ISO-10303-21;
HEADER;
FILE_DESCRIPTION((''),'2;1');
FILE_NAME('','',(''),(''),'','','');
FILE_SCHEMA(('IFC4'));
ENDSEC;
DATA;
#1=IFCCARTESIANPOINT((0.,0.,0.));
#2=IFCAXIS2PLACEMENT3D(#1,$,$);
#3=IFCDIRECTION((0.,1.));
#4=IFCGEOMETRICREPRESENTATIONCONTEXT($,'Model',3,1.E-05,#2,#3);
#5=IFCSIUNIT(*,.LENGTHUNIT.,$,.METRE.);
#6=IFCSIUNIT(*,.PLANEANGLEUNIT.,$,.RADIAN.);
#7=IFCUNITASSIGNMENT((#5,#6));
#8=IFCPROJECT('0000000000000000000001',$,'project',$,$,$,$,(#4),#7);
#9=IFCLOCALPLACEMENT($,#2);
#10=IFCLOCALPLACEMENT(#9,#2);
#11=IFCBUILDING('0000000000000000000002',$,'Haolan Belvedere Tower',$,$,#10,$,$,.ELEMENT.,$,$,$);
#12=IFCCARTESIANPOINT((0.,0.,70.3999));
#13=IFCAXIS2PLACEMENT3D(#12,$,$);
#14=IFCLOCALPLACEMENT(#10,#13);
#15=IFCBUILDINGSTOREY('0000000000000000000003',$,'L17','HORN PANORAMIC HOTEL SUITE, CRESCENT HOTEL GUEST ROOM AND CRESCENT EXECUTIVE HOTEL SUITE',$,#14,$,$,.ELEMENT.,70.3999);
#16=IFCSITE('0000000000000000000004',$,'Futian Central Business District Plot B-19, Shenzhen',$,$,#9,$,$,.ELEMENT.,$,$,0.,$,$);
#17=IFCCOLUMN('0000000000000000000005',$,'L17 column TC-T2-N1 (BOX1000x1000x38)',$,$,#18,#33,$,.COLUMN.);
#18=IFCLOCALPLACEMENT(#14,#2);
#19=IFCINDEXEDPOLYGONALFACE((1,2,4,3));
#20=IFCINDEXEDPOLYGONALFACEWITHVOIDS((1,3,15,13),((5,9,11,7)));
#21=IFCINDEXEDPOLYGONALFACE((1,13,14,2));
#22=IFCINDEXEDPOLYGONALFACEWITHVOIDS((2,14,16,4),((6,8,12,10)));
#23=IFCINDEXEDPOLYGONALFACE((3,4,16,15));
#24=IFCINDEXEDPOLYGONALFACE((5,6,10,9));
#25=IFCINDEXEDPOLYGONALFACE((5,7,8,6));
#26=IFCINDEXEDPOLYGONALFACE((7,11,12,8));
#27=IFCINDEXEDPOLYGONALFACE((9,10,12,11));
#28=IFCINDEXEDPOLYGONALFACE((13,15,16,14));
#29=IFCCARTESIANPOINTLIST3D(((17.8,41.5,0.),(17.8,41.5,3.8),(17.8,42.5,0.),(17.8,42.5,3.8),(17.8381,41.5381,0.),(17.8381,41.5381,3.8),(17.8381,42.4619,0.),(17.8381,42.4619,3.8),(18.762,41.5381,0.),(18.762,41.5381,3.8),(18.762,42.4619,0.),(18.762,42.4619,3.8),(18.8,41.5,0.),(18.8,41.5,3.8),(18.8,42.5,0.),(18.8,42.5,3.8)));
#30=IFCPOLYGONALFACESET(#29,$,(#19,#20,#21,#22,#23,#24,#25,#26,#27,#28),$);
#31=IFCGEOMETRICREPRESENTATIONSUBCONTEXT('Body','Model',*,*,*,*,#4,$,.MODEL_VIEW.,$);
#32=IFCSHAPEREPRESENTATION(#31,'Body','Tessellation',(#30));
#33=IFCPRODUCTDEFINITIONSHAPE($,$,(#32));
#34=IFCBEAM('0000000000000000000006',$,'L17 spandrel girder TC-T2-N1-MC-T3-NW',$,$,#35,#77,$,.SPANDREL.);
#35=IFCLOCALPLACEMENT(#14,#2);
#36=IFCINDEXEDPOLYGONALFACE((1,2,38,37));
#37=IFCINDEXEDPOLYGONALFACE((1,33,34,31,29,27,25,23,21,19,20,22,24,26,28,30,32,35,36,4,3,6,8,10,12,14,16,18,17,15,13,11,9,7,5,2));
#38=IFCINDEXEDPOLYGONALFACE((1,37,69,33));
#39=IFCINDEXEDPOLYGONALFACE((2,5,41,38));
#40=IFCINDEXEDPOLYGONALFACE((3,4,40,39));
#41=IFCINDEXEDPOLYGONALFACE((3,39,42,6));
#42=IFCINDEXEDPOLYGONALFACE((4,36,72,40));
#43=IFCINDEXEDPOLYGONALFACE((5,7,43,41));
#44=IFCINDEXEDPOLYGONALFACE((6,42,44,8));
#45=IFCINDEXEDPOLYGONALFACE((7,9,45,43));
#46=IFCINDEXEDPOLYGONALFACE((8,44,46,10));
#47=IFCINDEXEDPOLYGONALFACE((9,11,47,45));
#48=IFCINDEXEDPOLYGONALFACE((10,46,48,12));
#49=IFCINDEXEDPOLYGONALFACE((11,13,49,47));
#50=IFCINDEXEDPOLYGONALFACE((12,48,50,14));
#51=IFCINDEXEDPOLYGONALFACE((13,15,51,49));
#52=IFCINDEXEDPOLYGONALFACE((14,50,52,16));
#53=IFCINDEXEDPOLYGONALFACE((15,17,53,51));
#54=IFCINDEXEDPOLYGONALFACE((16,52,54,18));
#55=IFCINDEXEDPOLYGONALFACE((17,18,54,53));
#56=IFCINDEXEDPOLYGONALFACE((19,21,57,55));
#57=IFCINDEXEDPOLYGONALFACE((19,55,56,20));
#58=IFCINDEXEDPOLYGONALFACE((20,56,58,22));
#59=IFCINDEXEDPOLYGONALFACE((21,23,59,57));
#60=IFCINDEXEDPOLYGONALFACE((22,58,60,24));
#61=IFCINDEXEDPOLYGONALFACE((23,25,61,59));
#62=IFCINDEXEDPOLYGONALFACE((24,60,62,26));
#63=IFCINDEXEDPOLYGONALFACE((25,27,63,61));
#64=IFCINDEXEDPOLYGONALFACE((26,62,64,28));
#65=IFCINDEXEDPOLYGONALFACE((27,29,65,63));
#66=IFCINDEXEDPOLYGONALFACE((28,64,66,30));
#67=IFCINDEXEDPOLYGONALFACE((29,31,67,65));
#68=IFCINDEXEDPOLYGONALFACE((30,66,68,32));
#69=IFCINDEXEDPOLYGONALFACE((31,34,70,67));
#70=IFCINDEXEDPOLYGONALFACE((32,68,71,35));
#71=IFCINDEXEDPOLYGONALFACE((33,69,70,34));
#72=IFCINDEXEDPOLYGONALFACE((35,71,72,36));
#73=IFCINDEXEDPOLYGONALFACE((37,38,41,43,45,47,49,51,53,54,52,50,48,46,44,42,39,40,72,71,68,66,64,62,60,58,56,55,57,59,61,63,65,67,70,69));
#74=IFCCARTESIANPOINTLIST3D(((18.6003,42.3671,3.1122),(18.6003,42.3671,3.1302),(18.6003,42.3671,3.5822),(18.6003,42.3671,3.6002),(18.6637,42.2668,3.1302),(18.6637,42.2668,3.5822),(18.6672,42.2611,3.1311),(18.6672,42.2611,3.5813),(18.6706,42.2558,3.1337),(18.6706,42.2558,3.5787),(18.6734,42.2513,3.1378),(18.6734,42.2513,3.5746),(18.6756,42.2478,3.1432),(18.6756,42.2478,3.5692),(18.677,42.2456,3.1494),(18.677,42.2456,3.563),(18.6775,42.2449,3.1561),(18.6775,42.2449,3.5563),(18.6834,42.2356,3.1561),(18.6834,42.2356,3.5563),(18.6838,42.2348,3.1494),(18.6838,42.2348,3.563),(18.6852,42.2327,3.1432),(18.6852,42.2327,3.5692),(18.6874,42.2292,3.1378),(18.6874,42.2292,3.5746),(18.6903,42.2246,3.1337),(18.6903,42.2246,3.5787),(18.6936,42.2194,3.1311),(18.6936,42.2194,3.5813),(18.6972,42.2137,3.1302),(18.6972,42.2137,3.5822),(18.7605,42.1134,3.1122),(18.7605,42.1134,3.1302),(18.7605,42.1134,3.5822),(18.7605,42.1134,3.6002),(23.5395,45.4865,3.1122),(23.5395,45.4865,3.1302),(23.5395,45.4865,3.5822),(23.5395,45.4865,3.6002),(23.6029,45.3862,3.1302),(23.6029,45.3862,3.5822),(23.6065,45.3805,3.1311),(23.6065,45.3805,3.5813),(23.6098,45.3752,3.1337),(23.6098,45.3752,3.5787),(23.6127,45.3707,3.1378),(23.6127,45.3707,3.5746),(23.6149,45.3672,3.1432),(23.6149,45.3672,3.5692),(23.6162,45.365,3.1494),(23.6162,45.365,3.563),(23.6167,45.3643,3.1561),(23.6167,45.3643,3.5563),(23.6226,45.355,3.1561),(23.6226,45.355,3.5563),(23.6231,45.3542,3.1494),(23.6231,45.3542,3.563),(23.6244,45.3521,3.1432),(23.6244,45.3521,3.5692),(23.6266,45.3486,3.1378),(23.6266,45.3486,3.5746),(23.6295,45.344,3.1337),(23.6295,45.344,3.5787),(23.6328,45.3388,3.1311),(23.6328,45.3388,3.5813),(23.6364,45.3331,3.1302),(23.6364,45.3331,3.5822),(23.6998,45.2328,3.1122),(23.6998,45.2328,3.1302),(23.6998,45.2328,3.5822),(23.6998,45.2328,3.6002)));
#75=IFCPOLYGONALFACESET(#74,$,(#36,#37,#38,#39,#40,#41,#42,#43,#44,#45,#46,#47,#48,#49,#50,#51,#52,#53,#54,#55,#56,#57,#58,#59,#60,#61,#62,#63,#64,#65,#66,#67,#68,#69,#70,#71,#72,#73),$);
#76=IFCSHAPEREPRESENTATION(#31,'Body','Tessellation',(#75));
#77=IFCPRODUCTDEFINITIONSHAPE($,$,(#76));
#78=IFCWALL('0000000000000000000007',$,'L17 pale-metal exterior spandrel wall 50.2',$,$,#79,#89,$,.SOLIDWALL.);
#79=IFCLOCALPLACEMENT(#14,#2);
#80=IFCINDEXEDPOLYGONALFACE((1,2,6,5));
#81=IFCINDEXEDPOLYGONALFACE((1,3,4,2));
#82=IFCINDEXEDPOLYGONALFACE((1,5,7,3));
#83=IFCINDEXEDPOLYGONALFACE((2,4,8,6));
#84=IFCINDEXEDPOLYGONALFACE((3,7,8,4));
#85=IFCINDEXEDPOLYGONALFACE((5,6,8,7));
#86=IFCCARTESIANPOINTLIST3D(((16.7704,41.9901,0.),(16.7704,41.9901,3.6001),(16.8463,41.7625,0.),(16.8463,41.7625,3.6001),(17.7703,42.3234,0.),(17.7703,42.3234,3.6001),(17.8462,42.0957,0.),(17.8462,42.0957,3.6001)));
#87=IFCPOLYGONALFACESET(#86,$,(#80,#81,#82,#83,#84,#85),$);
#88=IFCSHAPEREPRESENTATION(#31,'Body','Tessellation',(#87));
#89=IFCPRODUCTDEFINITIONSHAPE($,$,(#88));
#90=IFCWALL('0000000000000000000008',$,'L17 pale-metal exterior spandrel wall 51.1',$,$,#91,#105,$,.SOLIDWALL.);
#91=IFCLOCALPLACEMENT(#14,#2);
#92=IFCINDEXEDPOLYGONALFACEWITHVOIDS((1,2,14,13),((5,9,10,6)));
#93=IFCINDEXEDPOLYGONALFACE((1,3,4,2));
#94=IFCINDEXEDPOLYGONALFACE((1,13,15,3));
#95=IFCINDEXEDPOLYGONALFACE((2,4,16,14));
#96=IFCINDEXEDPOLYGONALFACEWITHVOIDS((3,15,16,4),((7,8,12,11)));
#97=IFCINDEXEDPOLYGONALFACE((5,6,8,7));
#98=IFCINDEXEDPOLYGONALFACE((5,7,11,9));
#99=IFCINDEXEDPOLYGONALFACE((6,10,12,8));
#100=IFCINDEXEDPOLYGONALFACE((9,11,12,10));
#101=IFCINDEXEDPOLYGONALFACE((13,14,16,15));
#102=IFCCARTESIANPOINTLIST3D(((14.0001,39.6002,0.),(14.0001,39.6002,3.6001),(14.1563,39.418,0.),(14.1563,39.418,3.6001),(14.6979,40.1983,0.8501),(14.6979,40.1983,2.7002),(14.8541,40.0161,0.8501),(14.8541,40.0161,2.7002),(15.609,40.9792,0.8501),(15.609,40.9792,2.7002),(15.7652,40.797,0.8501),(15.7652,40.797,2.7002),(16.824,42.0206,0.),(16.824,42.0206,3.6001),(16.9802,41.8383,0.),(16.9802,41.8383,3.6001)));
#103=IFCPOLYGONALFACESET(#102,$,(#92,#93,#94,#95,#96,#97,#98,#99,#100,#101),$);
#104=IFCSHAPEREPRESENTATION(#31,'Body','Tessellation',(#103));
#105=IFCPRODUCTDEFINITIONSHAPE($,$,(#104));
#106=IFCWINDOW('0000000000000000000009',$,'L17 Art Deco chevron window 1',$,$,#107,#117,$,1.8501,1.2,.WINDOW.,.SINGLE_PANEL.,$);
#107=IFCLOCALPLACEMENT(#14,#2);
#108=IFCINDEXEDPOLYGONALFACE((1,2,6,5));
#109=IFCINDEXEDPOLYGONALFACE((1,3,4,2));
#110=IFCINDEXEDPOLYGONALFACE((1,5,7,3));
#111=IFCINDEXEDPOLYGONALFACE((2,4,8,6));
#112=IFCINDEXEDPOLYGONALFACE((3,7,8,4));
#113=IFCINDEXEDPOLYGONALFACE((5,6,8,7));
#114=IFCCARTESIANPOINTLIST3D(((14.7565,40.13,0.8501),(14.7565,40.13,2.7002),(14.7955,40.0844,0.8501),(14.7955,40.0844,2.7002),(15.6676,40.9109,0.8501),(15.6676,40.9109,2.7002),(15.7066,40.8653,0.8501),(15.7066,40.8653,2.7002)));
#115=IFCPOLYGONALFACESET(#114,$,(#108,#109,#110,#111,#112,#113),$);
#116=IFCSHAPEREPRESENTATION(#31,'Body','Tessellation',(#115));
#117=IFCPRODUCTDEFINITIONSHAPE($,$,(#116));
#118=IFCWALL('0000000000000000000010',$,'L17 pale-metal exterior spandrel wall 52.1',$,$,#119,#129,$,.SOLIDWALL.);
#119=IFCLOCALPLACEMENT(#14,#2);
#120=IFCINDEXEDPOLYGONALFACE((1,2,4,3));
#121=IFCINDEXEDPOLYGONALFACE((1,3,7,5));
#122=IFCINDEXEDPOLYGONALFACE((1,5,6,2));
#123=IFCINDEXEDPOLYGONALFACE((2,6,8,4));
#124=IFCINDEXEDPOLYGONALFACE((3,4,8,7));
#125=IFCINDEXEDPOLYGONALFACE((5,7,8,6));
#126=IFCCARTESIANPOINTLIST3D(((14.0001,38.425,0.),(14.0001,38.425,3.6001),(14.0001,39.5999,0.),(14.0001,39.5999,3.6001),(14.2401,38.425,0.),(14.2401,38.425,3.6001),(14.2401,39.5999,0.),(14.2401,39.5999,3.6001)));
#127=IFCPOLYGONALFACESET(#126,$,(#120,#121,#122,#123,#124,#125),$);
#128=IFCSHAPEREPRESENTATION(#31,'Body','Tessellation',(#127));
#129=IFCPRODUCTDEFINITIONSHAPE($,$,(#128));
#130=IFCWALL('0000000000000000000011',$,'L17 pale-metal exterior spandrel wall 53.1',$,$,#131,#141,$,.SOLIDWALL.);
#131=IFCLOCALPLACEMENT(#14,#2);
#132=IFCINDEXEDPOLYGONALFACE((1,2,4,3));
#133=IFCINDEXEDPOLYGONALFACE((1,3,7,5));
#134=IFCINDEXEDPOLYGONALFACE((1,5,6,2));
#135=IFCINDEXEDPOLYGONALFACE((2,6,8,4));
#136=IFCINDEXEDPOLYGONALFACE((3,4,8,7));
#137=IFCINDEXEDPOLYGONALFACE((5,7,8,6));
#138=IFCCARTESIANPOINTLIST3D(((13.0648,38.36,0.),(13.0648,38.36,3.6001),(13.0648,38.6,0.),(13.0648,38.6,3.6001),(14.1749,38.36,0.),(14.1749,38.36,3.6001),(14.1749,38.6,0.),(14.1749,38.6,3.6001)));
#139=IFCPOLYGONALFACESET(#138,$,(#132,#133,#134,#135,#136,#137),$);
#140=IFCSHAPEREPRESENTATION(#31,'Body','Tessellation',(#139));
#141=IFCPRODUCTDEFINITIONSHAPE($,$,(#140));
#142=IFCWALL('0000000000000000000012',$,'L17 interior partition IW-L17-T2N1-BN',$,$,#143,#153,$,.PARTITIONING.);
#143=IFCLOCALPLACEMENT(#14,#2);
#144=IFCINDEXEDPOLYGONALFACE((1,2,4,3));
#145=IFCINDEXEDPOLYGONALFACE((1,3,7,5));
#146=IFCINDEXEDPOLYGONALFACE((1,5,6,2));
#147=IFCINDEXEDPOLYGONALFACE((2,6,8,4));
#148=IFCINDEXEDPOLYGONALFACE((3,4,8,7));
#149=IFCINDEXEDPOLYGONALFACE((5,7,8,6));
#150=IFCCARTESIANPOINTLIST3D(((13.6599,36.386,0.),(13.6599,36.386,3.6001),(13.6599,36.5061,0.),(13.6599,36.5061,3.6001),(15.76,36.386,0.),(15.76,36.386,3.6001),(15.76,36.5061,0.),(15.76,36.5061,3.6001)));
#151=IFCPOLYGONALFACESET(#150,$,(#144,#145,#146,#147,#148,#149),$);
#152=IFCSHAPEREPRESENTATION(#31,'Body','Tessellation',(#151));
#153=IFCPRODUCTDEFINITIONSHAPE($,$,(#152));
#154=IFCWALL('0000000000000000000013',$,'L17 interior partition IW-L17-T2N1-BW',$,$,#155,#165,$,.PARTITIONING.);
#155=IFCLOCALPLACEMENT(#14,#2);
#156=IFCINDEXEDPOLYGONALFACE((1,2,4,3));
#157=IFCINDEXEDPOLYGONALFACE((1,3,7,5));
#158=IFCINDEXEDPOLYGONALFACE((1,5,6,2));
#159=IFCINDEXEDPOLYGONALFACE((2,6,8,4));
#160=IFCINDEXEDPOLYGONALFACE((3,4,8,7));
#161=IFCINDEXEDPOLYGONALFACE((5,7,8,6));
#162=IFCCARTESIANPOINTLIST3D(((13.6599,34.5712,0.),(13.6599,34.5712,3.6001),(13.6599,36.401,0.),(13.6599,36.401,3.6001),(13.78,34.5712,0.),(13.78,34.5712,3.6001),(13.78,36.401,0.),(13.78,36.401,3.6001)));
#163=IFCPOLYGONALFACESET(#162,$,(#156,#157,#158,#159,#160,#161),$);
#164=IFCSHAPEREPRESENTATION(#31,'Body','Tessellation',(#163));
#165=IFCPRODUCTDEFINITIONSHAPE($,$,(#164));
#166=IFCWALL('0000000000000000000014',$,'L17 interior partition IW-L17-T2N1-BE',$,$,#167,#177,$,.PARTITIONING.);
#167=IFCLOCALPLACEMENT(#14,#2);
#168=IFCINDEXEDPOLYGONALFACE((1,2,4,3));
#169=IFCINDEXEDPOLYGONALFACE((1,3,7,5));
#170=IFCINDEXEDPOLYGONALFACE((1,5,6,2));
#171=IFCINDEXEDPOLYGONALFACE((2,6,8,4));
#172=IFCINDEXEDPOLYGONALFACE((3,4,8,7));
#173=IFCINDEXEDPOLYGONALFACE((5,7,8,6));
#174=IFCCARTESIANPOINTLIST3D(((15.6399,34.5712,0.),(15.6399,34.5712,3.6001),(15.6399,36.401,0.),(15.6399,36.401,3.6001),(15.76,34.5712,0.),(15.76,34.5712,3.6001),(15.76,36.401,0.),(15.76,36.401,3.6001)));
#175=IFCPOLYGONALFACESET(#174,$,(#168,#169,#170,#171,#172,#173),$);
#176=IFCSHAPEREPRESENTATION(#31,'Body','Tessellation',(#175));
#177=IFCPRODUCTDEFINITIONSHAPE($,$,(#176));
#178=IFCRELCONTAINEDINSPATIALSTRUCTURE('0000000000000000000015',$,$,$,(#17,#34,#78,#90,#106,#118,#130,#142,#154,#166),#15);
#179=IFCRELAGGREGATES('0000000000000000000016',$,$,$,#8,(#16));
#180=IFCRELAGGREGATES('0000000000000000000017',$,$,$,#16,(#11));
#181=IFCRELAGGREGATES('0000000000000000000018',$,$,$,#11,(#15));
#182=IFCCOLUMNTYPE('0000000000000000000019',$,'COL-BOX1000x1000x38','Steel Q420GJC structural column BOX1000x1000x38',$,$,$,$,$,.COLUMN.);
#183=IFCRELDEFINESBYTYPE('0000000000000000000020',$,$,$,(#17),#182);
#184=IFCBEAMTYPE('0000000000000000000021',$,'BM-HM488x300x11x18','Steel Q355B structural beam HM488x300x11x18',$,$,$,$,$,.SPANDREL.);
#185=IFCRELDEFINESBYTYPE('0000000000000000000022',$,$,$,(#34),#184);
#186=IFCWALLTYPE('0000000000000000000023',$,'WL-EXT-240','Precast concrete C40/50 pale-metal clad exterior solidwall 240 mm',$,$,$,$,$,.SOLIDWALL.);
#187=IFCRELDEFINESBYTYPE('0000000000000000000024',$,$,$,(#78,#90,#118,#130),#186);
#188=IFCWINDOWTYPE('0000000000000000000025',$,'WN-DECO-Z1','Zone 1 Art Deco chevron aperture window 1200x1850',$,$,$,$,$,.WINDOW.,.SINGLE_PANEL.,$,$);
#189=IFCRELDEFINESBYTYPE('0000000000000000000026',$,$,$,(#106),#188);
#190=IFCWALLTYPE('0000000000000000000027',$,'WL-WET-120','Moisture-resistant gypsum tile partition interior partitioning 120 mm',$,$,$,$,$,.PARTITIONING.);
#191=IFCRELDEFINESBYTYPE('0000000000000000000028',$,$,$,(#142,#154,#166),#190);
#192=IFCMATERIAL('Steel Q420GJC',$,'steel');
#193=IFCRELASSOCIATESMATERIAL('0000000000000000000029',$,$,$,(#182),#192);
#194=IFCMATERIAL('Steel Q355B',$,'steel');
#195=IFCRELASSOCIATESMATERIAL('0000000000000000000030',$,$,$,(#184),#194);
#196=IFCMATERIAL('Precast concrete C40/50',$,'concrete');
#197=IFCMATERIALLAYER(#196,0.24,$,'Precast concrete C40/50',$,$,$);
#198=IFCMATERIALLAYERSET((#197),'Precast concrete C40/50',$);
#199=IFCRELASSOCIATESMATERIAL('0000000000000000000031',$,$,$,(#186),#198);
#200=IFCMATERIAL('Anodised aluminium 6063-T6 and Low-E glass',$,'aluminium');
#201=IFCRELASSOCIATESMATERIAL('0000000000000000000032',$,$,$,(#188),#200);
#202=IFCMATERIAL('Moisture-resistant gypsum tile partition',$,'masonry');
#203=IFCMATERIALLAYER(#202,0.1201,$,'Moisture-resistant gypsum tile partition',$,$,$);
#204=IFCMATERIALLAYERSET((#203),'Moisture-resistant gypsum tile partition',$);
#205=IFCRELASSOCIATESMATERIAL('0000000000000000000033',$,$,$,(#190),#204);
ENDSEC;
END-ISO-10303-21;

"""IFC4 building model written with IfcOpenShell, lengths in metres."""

from ifc_helpers import new_model, si_unit, direction, frame, frame_2d, origin, origin_2d, place, context, subcontext, project, spatial, rectangle, hollow_rectangle, i_section, extrude, material, layer, layer_set, material_profile, profile_set, type_object, element, fill, save


model = new_model("IFC4")

# Units and contexts
model_context = context("Model", 3, precision=1e-05, world=origin(), true_north=direction((0.0, 1.0)))
body_context = subcontext(model_context, "Body", "Model", "MODEL_VIEW")
ifc_project = project(units=[si_unit("LENGTHUNIT", "METRE"), si_unit("PLANEANGLEUNIT", "RADIAN")], contexts=[model_context])

# Site, building, storey
site_placement = place(None, origin())
site = spatial("IfcSite", under=ifc_project, at=site_placement, Name="Futian Central Business District Plot B-19, Shenzhen", CompositionType="ELEMENT", RefElevation=0.0)
building_placement = place(site_placement, origin())
building = spatial("IfcBuilding", under=site, at=building_placement, Name="Haolan Belvedere Tower", CompositionType="ELEMENT")
storey_placement = place(building_placement, frame((0.0, 0.0, 70.3999)))
storey = spatial("IfcBuildingStorey", under=building, at=storey_placement, Name="L17", Description="HORN PANORAMIC HOTEL SUITE, CRESCENT HOTEL GUEST ROOM AND CRESCENT EXECUTIVE HOTEL SUITE", CompositionType="ELEMENT", Elevation=70.3999)

# Column
ifc_material_1 = material(Name="Steel Q420GJC", Category="steel")
ifc_material_profile_1 = material_profile(ifc_material_1, hollow_rectangle(XDim=1.0, YDim=1.0, WallThickness=0.0381, at=origin_2d()), Name="Steel Q420GJC")
ifc_profile_set_1 = profile_set([ifc_material_profile_1], Name="Steel Q420GJC")
column_type = type_object("IfcColumnType", Name="COL-BOX1000x1000x38", Description="Steel Q420GJC structural column BOX1000x1000x38", PredefinedType="COLUMN", material=ifc_profile_set_1)
column_placement = place(storey_placement, frame((18.3, 42.0, 0.0), z_axis=(0.0, 0.0, 1.0), x_axis=(1.0, 0.0, 0.0)))
element("IfcColumn", 1, at=column_placement, inside=storey, type_object=column_type, Name="L17 column TC-T2-N1 (BOX1000x1000x38)", PredefinedType="COLUMN", context=body_context, shape_type="SweptSolid", body=[
    extrude(hollow_rectangle(XDim=1.0, YDim=1.0, WallThickness=0.0381, at=origin_2d()), origin(), (0.0, 0.0, 1.0), 3.8),
])

# Beam
ifc_material_2 = material(Name="Steel Q355B", Category="steel")
ifc_material_profile_2 = material_profile(ifc_material_2, i_section(OverallWidth=0.3, OverallDepth=0.488, WebThickness=0.011, FlangeThickness=0.0181, FilletRadius=0.0259, at=origin_2d()), Name="Steel Q355B")
ifc_profile_set_2 = profile_set([ifc_material_profile_2], Name="Steel Q355B")
beam_type = type_object("IfcBeamType", Name="BM-HM488x300x11x18", Description="Steel Q355B structural beam HM488x300x11x18", PredefinedType="SPANDREL", material=ifc_profile_set_2)
beam_placement = place(storey_placement, frame((18.6804, 42.2402, 3.3562), z_axis=(0.845498, 0.533979, 0.0), x_axis=(-0.533979, 0.845498, 0.0)))
element("IfcBeam", 2, at=beam_placement, inside=storey, type_object=beam_type, Name="L17 spandrel girder TC-T2-N1-MC-T3-NW", PredefinedType="SPANDREL", context=body_context, shape_type="SweptSolid", body=[
    extrude(i_section(OverallWidth=0.3, OverallDepth=0.488, WebThickness=0.011, FlangeThickness=0.0181, FilletRadius=0.0259, at=origin_2d()), origin(), (0.0, 0.0, 1.0), 5.8418),
])

# Wall
ifc_material_3 = material(Name="Precast concrete C40/50", Category="concrete")
ifc_layer_1 = layer(ifc_material_3, 0.24, Name="Precast concrete C40/50")
ifc_layer_set_1 = layer_set([ifc_layer_1], Name="Precast concrete C40/50")
wall_type_1 = type_object("IfcWallType", Name="WL-EXT-240", Description="Precast concrete C40/50 pale-metal clad exterior solidwall 240 mm", PredefinedType="SOLIDWALL", material=ifc_layer_set_1)
wall_1_placement = place(storey_placement, frame((17.8081, 42.2095, 0.0), z_axis=(0.0, 0.0, 1.0), x_axis=(-0.948706, -0.316158, 0.0)))
element("IfcWall", 3, at=wall_1_placement, inside=storey, type_object=wall_type_1, Name="L17 pale-metal exterior spandrel wall 50.2", PredefinedType="SOLIDWALL", context=body_context, shape_type="SweptSolid", body=[
    extrude(rectangle(XDim=1.054, YDim=0.24, at=frame_2d((0.5269, 0.0))), origin(), (0.0, 0.0, 1.0), 3.6001),
])

# Wall, opening, window
wall_2_placement = place(storey_placement, frame((16.9021, 41.9294, 0.0), z_axis=(0.0, 0.0, 1.0), x_axis=(-0.759275, -0.65077, 0.0)))
wall_2 = element("IfcWall", 4, at=wall_2_placement, inside=storey, type_object=wall_type_1, Name="L17 pale-metal exterior spandrel wall 51.1", PredefinedType="SOLIDWALL", context=body_context, shape_type="SweptSolid", body=[
    extrude(rectangle(XDim=3.7192, YDim=0.24, at=frame_2d((1.8596, 0.0))), origin(), (0.0, 0.0, 1.0), 3.6001),
])
opening_placement = place(wall_2_placement, frame((1.6001, 0.0, 0.8501)))
opening = element("IfcOpeningElement", 5, at=opening_placement, cuts=wall_2, PredefinedType="OPENING", context=body_context, shape_type="SweptSolid", body=[
    extrude(rectangle(XDim=1.2, YDim=1.8501, at=frame_2d((0.6001, 0.925))), frame((0.0, 0.1299, 0.0), z_axis=(0.0, -1.0, 0.0), x_axis=(1.0, 0.0, 0.0)), (0.0, 0.0, 1.0), 0.26),
])
ifc_material_4 = material(Name="Anodised aluminium 6063-T6 and Low-E glass", Category="aluminium")
window_type = type_object("IfcWindowType", Name="WN-DECO-Z1", Description="Zone 1 Art Deco chevron aperture window 1200x1850", PartitioningType="SINGLE_PANEL", PredefinedType="WINDOW", material=ifc_material_4)
window_placement = place(opening_placement, origin())
window = element("IfcWindow", 6, at=window_placement, inside=storey, type_object=window_type, Name="L17 Art Deco chevron window 1", OverallHeight=1.8501, OverallWidth=1.2, PartitioningType="SINGLE_PANEL", PredefinedType="WINDOW", context=body_context, shape_type="SweptSolid", body=[
    extrude(rectangle(XDim=1.2, YDim=1.8501, at=frame_2d((0.6001, 0.925))), frame((0.0, 0.03, 0.0), z_axis=(0.0, -1.0, 0.0), x_axis=(1.0, 0.0, 0.0)), (0.0, 0.0, 1.0), 0.0601),
])
fill(opening, window)

# Walls
wall_3_placement = place(storey_placement, frame((14.1201, 39.5999, 0.0), z_axis=(0.0, 0.0, 1.0), x_axis=(0.0, -1.0, 0.0)))
element("IfcWall", 7, at=wall_3_placement, inside=storey, type_object=wall_type_1, Name="L17 pale-metal exterior spandrel wall 52.1", PredefinedType="SOLIDWALL", context=body_context, shape_type="SweptSolid", body=[
    extrude(rectangle(XDim=1.1748, YDim=0.24, at=frame_2d((0.5874, 0.0))), origin(), (0.0, 0.0, 1.0), 3.6001),
])
wall_4_placement = place(storey_placement, frame((14.175, 38.48, 0.0), z_axis=(0.0, 0.0, 1.0), x_axis=(-1.0, 0.0, 0.0)))
element("IfcWall", 8, at=wall_4_placement, inside=storey, type_object=wall_type_1, Name="L17 pale-metal exterior spandrel wall 53.1", PredefinedType="SOLIDWALL", context=body_context, shape_type="SweptSolid", body=[
    extrude(rectangle(XDim=1.1101, YDim=0.24, at=frame_2d((0.5552, 0.0))), origin(), (0.0, 0.0, 1.0), 3.6001),
])
ifc_material_5 = material(Name="Moisture-resistant gypsum tile partition", Category="masonry")
ifc_layer_2 = layer(ifc_material_5, 0.1201, Name="Moisture-resistant gypsum tile partition")
ifc_layer_set_2 = layer_set([ifc_layer_2], Name="Moisture-resistant gypsum tile partition")
wall_type_2 = type_object("IfcWallType", Name="WL-WET-120", Description="Moisture-resistant gypsum tile partition interior partitioning 120 mm", PredefinedType="PARTITIONING", material=ifc_layer_set_2)
wall_5_placement = place(storey_placement, frame((13.6599, 36.446, 0.0), z_axis=(0.0, 0.0, 1.0), x_axis=(1.0, 0.0, 0.0)))
element("IfcWall", 9, at=wall_5_placement, inside=storey, type_object=wall_type_2, Name="L17 interior partition IW-L17-T2N1-BN", PredefinedType="PARTITIONING", context=body_context, shape_type="SweptSolid", body=[
    extrude(rectangle(XDim=2.1001, YDim=0.1201, at=frame_2d((1.05, 0.0))), origin(), (0.0, 0.0, 1.0), 3.6001),
])
for number, where, z_axis, x_axis, name in (
    (10, (13.72, 34.571, 0.0), (0.0, 0.0, 1.0), (0.0, 1.0, 0.0), "L17 interior partition IW-L17-T2N1-BW"),
    (11, (15.7, 34.571, 0.0), (0.0, 0.0, 1.0), (0.0, 1.0, 0.0), "L17 interior partition IW-L17-T2N1-BE"),
):
    element("IfcWall", number, at=place(storey_placement, frame(where, z_axis=z_axis, x_axis=x_axis)), inside=storey, type_object=wall_type_2, Name=name, PredefinedType="PARTITIONING", context=body_context, shape_type="SweptSolid", body=[
        extrude(rectangle(XDim=1.8298, YDim=0.1201, at=frame_2d((0.915, 0.0))), origin(), (0.0, 0.0, 1.0), 3.6001),
    ])

save(model, "model.ifc")
